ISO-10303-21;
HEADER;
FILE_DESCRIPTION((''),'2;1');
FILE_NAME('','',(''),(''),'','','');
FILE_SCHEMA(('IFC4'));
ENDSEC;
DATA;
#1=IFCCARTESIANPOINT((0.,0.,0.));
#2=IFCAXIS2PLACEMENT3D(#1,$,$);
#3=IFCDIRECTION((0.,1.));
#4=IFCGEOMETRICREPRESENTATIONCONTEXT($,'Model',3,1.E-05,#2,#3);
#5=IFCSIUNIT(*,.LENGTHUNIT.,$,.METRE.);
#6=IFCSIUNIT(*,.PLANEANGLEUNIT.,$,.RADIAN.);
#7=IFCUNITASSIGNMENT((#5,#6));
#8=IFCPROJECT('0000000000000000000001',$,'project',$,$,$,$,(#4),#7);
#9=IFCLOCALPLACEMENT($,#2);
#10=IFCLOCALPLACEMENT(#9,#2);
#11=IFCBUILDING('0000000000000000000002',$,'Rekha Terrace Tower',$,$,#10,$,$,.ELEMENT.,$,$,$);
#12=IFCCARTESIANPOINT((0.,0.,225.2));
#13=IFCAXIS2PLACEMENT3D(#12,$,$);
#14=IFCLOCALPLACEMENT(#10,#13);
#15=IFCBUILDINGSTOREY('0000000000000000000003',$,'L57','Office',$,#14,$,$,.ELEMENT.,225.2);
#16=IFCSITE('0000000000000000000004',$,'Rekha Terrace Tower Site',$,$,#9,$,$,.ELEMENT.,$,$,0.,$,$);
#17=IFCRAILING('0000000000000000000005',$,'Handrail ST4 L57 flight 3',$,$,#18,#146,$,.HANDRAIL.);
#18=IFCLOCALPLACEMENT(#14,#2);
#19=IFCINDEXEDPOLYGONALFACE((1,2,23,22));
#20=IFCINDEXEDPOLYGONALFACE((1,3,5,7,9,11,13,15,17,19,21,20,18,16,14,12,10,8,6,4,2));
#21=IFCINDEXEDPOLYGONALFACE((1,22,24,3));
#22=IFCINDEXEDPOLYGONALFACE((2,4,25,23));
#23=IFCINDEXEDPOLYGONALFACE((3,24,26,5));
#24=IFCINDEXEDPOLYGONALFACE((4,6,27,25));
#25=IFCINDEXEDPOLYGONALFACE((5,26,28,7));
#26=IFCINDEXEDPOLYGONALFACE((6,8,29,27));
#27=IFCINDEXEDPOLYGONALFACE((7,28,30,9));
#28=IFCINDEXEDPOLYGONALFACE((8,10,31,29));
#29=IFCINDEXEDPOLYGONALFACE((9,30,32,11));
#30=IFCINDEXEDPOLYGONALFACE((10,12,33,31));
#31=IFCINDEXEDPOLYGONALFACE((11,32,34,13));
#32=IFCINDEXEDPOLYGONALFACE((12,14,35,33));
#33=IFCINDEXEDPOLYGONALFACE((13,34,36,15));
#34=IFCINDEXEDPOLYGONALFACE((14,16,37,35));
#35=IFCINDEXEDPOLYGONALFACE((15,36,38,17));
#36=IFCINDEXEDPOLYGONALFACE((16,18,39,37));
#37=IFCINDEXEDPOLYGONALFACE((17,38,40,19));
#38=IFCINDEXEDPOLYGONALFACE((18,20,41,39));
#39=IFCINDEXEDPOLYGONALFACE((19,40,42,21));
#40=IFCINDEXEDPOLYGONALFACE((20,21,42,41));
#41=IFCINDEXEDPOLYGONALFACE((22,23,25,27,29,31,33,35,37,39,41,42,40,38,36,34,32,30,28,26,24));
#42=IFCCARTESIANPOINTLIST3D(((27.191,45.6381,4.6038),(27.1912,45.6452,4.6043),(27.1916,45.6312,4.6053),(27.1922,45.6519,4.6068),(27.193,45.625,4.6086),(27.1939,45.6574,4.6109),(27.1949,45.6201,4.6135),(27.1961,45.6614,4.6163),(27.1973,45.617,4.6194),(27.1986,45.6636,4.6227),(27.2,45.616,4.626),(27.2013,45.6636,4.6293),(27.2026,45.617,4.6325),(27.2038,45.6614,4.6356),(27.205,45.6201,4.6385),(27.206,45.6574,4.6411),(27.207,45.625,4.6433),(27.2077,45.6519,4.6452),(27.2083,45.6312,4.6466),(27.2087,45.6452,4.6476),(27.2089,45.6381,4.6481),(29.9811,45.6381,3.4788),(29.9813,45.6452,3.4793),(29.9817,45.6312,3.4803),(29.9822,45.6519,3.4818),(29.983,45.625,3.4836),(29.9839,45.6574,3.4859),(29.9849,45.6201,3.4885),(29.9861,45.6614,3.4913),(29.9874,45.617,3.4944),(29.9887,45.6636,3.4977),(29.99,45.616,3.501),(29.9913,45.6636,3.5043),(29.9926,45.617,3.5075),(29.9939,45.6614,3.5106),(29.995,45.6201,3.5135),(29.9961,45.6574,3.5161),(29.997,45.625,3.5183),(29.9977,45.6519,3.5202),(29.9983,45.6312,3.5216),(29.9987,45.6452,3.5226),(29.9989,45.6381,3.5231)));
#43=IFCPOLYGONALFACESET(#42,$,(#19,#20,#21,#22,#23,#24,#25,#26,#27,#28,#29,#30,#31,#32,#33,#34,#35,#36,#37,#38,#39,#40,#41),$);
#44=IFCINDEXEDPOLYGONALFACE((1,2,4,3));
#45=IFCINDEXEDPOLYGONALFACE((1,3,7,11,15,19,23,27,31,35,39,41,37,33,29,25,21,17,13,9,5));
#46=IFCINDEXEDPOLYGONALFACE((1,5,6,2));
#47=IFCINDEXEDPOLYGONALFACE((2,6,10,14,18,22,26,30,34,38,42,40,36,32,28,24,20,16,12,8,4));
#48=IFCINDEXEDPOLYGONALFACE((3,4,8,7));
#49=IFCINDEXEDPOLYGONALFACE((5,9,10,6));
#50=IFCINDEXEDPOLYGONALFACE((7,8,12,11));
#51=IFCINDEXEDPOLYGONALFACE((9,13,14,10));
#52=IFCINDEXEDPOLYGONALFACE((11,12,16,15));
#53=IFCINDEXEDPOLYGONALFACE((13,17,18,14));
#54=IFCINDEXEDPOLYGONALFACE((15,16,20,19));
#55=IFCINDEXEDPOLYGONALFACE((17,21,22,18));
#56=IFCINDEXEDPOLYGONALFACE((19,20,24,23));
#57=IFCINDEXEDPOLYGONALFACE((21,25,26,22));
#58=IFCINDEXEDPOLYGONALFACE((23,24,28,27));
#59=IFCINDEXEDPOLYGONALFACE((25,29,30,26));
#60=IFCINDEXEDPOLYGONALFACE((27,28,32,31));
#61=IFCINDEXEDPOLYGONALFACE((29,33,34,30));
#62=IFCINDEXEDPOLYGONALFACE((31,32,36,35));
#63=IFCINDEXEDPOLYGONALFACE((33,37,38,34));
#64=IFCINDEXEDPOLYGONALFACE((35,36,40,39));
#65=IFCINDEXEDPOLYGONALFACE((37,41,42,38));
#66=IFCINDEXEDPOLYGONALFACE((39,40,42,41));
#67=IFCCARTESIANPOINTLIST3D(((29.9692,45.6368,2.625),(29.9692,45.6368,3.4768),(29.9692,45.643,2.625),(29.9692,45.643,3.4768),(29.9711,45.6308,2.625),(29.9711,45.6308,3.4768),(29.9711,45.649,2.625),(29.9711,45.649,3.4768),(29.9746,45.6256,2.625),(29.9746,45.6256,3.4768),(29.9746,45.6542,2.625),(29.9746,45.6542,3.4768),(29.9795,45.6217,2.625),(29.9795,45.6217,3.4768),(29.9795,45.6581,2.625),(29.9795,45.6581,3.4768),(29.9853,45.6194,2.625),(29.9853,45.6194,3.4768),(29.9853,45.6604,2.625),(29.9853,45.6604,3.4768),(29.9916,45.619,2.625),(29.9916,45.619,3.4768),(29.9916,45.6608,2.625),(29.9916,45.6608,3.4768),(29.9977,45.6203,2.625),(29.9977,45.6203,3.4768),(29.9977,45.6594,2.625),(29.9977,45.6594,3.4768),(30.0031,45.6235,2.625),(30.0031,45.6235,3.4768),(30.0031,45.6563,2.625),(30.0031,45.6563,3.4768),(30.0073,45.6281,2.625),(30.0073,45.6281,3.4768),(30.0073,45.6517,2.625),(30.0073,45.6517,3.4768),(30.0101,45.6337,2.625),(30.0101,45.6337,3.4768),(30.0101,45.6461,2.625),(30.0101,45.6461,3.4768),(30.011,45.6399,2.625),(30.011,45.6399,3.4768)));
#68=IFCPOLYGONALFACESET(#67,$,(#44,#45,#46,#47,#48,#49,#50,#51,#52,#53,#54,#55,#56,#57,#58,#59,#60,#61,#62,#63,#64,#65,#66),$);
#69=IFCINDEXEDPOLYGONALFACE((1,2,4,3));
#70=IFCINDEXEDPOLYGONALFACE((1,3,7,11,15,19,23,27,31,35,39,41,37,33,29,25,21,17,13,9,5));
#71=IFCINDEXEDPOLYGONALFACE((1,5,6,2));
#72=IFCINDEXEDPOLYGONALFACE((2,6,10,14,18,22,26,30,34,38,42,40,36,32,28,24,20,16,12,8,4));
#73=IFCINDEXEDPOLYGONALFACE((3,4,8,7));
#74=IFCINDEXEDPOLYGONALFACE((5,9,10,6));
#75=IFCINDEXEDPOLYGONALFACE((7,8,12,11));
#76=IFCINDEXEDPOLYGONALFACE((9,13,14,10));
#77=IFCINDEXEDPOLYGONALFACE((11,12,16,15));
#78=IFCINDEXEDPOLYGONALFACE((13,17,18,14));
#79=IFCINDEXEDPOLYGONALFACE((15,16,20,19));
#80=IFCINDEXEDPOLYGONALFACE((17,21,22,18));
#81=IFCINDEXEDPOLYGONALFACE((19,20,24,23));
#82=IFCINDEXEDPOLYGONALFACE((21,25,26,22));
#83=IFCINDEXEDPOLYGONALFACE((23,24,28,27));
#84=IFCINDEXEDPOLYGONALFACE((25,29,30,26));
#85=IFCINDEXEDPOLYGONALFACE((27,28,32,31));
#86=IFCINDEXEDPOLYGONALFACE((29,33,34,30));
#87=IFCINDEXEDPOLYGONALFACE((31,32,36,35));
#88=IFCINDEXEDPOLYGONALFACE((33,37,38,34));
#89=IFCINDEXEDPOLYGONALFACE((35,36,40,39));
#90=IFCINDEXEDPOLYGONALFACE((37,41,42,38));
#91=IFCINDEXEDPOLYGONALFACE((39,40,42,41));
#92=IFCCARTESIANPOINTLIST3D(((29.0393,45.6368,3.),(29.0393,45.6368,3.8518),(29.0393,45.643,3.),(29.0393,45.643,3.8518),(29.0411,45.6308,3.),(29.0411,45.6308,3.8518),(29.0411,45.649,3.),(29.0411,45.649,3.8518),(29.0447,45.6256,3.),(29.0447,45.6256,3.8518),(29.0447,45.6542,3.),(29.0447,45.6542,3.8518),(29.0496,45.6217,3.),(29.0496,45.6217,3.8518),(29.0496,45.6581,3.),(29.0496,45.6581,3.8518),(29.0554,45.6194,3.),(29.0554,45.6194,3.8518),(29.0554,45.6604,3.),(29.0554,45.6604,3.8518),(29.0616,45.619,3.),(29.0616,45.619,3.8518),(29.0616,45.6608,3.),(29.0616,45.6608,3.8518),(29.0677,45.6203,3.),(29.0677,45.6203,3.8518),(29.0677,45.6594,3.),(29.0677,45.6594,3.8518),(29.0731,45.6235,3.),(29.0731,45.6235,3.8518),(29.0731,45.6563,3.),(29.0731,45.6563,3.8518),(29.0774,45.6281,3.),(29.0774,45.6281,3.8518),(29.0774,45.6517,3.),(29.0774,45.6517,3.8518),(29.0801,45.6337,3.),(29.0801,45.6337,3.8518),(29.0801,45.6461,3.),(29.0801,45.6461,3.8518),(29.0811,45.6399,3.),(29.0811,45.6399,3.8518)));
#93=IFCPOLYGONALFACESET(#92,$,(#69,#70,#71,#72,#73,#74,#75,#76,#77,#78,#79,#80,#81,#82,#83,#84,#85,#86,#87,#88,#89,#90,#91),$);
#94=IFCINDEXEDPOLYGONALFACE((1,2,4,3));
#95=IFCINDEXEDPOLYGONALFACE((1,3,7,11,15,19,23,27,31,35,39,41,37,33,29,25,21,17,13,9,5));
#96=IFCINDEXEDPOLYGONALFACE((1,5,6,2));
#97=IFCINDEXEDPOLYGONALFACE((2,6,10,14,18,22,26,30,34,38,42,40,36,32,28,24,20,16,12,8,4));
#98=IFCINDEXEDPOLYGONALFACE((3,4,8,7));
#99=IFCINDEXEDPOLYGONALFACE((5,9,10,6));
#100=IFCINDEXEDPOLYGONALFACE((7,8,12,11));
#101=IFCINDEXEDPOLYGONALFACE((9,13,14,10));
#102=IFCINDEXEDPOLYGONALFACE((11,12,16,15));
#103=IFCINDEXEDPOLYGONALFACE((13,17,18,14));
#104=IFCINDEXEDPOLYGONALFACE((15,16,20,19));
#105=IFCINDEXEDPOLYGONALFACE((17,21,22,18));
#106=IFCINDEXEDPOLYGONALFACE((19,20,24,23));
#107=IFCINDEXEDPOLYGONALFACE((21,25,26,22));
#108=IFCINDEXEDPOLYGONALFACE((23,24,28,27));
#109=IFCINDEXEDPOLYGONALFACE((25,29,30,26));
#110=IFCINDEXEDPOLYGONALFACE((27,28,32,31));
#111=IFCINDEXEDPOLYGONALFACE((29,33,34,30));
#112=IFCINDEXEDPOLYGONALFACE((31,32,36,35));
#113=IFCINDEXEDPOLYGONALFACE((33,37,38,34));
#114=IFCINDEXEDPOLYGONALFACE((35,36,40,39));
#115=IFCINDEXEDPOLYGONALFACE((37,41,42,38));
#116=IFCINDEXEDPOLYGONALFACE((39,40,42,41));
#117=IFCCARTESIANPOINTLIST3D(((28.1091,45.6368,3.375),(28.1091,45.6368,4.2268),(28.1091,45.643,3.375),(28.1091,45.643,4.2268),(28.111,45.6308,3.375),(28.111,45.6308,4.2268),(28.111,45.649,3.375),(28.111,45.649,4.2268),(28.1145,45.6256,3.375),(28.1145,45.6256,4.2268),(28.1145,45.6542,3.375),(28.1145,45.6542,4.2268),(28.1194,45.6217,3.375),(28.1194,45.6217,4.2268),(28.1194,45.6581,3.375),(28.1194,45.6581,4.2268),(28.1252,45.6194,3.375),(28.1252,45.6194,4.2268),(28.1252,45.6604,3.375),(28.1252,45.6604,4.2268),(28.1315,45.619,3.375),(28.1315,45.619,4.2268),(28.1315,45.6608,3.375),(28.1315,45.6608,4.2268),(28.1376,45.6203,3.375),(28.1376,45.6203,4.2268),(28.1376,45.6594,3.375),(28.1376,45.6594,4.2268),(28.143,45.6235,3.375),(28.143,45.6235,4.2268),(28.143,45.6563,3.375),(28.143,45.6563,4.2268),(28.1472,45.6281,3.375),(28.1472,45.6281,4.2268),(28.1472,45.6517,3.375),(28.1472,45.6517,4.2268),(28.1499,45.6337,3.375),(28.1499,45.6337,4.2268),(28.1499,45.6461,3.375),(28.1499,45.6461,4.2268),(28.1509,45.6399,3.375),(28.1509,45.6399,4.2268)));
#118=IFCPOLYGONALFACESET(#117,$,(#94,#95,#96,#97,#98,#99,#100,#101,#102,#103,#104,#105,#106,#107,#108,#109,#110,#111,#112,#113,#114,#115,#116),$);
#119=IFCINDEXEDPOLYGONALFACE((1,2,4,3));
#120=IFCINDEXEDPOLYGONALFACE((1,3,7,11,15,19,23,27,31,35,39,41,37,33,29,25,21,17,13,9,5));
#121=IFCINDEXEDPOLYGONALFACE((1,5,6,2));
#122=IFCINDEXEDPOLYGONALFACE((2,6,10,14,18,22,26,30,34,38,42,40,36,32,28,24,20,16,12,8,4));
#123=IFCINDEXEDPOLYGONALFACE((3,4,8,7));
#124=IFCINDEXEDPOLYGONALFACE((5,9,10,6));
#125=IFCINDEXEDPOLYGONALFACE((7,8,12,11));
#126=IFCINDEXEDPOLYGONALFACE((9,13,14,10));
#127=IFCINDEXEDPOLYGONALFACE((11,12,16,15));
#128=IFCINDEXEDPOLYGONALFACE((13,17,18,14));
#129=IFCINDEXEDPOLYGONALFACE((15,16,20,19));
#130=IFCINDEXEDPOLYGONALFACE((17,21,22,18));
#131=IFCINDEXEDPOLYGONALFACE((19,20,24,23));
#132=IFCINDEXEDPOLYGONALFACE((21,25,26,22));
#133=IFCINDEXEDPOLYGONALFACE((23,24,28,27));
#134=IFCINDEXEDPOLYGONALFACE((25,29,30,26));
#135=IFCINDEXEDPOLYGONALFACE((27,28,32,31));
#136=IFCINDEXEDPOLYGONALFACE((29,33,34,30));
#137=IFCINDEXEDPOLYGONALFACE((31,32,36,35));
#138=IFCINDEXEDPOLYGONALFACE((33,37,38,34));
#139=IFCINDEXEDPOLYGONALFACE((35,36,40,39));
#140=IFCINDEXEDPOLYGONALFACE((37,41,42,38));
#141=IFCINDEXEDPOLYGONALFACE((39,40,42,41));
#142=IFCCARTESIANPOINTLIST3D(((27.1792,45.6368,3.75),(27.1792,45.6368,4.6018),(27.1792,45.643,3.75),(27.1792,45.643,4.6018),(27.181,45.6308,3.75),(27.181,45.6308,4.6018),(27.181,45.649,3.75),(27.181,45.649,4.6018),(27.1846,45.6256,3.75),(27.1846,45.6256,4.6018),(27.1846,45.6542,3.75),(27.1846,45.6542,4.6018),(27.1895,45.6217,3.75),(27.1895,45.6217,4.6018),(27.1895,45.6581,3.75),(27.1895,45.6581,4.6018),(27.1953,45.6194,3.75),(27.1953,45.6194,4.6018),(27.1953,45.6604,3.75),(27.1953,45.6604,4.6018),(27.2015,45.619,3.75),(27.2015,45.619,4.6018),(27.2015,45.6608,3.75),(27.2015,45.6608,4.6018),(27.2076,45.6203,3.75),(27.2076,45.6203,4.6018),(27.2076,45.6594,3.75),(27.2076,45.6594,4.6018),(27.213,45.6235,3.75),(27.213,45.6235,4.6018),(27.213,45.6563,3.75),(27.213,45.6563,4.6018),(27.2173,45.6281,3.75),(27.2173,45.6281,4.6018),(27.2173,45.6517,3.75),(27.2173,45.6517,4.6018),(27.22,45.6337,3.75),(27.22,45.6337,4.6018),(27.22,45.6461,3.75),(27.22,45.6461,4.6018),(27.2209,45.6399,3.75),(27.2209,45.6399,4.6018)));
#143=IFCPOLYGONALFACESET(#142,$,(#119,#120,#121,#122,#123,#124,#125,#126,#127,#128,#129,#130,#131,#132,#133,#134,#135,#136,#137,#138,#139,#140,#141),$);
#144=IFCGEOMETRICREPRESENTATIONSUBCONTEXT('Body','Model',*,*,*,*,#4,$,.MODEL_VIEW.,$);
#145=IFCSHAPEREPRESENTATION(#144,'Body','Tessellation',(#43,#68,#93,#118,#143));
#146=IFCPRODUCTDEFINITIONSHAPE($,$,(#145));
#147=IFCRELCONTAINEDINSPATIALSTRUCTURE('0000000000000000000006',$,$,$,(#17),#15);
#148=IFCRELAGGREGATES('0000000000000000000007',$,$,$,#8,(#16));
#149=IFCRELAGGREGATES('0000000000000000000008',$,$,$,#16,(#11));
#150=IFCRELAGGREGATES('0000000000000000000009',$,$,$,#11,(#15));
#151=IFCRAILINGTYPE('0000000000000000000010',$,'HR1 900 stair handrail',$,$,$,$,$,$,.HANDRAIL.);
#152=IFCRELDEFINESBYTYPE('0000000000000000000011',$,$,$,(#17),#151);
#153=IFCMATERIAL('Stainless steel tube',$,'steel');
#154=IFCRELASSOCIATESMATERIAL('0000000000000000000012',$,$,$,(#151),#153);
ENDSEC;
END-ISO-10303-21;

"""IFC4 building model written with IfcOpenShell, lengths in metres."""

from ifc_helpers import new_model, si_unit, direction, frame, origin, origin_2d, place, context, subcontext, project, spatial, circle, extrude, material, type_object, element, save


model = new_model("IFC4")

# Units and contexts
model_context = context("Model", 3, precision=1e-05, world=origin(), true_north=direction((0.0, 1.0)))
body_context = subcontext(model_context, "Body", "Model", "MODEL_VIEW")
ifc_project = project(units=[si_unit("LENGTHUNIT", "METRE"), si_unit("PLANEANGLEUNIT", "RADIAN")], contexts=[model_context])

# Site, building, storey
site_placement = place(None, origin())
site = spatial("IfcSite", under=ifc_project, at=site_placement, Name="Rekha Terrace Tower Site", CompositionType="ELEMENT", RefElevation=0.0)
building_placement = place(site_placement, origin())
building = spatial("IfcBuilding", under=site, at=building_placement, Name="Rekha Terrace Tower", CompositionType="ELEMENT")
storey_placement = place(building_placement, frame((0.0, 0.0, 225.2)))
storey = spatial("IfcBuildingStorey", under=building, at=storey_placement, Name="L57", Description="Office", CompositionType="ELEMENT", Elevation=225.2)

# Railing
ifc_material_1 = material(Name="Stainless steel tube", Category="steel")
railing_type_1 = type_object("IfcRailingType", Name="HR1 900 stair handrail", PredefinedType="HANDRAIL", material=ifc_material_1)
railing_1_placement = place(storey_placement, frame((29.99, 45.6399, 2.625)))
element("IfcRailing", 1, at=railing_1_placement, inside=storey, type_object=railing_type_1, Name="Handrail ST4 L57 flight 3", PredefinedType="HANDRAIL", context=body_context, shape_type="SweptSolid", body=[
    extrude(circle(Radius=0.0239, at=origin_2d()), frame((0.0, 0.0, 0.876), z_axis=(-0.927443, 0.0, 0.373964), x_axis=(0.0, -1.0, 0.0)), (0.0, 0.0, 1.0), 3.0083),
    extrude(circle(Radius=0.021, at=origin_2d()), origin(), (0.0, 0.0, 1.0), 0.8518),
    extrude(circle(Radius=0.021, at=origin_2d()), frame((-0.9299, 0.0, 0.375)), (0.0, 0.0, 1.0), 0.8518),
    extrude(circle(Radius=0.021, at=origin_2d()), frame((-1.8601, 0.0, 0.75)), (0.0, 0.0, 1.0), 0.8518),
    extrude(circle(Radius=0.021, at=origin_2d()), frame((-2.79, 0.0, 1.125)), (0.0, 0.0, 1.0), 0.8518),
])

save(model, "model.ifc")
